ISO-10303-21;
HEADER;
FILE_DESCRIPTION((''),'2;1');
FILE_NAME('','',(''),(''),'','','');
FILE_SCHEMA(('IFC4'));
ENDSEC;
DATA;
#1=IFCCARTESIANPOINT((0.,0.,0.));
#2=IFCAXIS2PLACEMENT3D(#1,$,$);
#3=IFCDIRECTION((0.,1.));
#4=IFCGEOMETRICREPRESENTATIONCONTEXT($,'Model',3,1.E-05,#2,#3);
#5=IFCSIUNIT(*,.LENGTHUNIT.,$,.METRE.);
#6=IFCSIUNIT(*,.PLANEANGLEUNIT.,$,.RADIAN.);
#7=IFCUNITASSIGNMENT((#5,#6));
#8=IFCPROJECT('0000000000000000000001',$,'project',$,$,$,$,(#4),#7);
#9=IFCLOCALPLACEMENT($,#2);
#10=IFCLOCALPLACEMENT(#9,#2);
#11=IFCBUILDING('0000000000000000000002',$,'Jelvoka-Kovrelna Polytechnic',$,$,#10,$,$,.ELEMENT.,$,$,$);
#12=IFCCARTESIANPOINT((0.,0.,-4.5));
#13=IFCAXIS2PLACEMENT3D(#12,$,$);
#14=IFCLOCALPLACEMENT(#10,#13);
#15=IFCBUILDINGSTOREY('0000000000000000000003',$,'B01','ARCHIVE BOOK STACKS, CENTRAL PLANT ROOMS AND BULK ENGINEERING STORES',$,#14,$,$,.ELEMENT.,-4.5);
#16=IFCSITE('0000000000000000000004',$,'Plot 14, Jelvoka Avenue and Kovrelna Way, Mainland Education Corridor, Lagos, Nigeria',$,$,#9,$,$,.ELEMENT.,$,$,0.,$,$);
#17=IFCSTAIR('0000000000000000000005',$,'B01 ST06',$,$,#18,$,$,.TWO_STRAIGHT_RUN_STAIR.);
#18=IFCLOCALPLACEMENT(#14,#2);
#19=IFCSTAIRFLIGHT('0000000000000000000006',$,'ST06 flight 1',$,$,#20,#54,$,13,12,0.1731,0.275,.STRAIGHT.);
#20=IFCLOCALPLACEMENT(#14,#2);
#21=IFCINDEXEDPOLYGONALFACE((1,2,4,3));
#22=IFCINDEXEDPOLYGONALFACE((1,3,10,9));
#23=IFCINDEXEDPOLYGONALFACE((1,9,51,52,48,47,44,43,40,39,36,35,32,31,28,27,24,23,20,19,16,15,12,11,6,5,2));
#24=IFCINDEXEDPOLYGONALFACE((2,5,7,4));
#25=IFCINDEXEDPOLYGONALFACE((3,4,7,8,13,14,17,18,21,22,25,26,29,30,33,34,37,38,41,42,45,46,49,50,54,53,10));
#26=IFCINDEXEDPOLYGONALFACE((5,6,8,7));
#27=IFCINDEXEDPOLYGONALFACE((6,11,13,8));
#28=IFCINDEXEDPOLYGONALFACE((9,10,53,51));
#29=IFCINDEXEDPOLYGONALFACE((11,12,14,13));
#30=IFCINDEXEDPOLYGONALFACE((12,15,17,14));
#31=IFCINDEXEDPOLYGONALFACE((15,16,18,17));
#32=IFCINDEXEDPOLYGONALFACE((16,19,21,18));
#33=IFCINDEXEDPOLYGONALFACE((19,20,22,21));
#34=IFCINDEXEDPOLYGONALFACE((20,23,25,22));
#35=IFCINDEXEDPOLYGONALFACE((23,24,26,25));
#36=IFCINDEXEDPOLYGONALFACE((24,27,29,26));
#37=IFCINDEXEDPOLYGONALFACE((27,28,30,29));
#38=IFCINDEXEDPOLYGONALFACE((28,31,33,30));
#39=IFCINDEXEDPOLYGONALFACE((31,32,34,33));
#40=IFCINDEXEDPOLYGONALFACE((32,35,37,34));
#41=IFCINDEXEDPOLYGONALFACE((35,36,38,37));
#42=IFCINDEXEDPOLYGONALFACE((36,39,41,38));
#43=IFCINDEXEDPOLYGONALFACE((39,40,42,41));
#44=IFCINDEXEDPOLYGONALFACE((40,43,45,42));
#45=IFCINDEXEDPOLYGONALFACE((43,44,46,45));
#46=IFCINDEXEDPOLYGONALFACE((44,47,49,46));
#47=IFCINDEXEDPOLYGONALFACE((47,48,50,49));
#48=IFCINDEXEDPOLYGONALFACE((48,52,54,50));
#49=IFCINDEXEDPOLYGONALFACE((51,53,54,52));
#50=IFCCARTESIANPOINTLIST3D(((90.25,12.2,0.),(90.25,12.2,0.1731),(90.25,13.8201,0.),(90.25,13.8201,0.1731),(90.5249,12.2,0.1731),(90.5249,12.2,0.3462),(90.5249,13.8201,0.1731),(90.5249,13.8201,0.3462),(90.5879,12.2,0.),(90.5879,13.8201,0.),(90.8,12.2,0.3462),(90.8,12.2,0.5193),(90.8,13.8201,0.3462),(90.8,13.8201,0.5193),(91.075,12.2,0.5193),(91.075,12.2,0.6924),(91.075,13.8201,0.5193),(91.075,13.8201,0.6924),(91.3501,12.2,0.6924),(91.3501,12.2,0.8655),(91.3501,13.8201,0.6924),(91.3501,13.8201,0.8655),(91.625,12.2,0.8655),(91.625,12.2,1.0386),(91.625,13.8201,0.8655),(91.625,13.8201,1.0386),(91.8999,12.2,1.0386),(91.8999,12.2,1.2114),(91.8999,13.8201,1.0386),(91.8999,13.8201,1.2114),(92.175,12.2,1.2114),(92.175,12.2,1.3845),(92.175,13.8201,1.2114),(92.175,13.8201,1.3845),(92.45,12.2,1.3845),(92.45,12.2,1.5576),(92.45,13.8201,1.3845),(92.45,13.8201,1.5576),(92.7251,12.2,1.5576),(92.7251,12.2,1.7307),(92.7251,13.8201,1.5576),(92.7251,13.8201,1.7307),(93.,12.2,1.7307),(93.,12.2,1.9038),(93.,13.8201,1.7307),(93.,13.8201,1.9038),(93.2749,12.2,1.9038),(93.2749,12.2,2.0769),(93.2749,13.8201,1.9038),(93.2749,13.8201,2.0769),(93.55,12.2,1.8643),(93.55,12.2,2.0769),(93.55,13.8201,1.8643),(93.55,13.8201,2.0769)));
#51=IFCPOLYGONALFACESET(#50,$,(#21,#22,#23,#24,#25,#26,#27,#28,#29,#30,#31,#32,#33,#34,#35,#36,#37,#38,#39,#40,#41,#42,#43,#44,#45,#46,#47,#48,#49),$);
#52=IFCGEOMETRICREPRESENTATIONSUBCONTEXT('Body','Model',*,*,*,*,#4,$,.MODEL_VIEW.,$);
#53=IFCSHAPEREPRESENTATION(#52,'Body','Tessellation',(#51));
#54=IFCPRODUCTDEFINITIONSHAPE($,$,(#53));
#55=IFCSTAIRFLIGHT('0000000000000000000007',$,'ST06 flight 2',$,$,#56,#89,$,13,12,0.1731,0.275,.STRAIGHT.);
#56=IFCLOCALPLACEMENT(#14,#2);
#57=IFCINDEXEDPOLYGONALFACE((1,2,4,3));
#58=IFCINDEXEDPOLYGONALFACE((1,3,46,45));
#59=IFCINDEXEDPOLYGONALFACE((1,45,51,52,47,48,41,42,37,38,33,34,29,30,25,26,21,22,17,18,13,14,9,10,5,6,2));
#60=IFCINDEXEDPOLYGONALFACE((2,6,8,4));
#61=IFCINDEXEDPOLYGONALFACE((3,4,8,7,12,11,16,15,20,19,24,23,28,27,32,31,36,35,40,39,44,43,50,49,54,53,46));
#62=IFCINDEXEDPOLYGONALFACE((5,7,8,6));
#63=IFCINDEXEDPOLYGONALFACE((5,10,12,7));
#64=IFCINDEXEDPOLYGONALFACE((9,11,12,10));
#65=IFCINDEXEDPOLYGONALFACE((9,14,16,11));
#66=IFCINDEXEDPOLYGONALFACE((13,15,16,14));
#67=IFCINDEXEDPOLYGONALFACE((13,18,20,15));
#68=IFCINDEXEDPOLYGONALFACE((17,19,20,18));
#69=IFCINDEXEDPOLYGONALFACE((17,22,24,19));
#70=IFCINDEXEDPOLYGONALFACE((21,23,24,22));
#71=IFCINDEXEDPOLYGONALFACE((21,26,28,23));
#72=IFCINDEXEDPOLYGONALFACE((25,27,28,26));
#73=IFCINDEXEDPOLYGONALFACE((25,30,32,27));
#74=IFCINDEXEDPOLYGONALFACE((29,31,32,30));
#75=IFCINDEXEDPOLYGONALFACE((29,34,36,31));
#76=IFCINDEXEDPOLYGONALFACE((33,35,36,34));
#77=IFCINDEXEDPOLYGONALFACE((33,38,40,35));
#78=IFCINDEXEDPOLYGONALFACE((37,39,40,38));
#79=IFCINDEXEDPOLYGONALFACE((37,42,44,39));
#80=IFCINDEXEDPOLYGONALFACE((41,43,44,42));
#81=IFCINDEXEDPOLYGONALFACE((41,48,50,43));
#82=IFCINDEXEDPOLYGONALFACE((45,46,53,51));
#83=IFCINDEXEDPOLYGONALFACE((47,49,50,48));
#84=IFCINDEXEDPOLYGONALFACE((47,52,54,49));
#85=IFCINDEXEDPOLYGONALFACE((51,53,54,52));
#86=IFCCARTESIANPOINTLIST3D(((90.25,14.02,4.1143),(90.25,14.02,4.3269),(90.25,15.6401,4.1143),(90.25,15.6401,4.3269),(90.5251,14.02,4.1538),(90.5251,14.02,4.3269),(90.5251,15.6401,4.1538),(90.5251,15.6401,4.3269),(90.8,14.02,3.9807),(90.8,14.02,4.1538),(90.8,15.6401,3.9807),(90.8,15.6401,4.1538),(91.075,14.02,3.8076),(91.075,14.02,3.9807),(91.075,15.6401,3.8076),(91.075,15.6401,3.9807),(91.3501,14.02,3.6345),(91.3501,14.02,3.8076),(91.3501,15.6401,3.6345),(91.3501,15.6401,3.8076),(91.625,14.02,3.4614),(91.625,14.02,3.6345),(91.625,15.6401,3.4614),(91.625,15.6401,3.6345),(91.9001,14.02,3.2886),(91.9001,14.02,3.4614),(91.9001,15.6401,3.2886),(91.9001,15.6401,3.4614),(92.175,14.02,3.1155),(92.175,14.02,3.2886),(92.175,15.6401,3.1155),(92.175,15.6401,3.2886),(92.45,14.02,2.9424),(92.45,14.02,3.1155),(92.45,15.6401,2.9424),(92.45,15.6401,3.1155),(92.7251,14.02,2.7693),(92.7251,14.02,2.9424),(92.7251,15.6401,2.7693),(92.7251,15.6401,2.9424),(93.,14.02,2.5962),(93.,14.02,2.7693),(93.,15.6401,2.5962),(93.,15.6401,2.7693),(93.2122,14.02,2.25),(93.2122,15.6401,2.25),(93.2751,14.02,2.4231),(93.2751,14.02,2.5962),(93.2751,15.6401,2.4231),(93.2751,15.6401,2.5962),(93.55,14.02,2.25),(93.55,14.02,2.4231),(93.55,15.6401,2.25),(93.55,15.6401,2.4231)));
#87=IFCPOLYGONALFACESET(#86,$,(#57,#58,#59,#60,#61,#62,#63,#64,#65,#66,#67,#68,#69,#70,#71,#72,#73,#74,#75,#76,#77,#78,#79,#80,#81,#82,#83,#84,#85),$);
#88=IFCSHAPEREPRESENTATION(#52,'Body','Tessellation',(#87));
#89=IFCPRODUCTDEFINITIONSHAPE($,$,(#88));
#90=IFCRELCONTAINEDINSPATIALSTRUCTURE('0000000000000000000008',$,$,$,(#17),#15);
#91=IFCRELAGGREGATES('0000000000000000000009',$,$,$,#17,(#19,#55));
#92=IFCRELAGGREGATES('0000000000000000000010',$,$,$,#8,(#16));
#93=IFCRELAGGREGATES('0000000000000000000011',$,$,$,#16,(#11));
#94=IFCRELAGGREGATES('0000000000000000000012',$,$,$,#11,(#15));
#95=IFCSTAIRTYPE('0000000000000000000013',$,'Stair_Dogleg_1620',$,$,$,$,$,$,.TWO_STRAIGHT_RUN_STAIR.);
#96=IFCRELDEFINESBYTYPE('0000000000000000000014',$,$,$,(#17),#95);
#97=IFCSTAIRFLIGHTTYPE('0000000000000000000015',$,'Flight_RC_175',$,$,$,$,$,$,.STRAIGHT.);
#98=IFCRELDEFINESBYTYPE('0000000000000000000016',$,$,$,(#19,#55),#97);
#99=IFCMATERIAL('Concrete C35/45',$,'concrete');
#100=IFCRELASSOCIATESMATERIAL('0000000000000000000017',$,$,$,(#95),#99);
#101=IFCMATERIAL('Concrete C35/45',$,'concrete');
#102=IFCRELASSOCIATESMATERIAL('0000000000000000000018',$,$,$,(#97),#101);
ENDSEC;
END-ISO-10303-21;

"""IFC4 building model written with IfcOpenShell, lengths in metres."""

from ifc_helpers import new_model, si_unit, direction, frame, origin, place, context, subcontext, project, spatial, polyline, outline, extrude, material, type_object, element, aggregate, save


model = new_model("IFC4")

# Units and contexts
model_context = context("Model", 3, precision=1e-05, world=origin(), true_north=direction((0.0, 1.0)))
body_context = subcontext(model_context, "Body", "Model", "MODEL_VIEW")
ifc_project = project(units=[si_unit("LENGTHUNIT", "METRE"), si_unit("PLANEANGLEUNIT", "RADIAN")], contexts=[model_context])

# Site, building, storey
site_placement = place(None, origin())
site = spatial("IfcSite", under=ifc_project, at=site_placement, Name="Plot 14, Jelvoka Avenue and Kovrelna Way, Mainland Education Corridor, Lagos, Nigeria", CompositionType="ELEMENT", RefElevation=0.0)
building_placement = place(site_placement, origin())
building = spatial("IfcBuilding", under=site, at=building_placement, Name="Jelvoka-Kovrelna Polytechnic", CompositionType="ELEMENT")
storey_placement = place(building_placement, frame((0.0, 0.0, -4.5)))
storey = spatial("IfcBuildingStorey", under=building, at=storey_placement, Name="B01", Description="ARCHIVE BOOK STACKS, CENTRAL PLANT ROOMS AND BULK ENGINEERING STORES", CompositionType="ELEMENT", Elevation=-4.5)

# Stair, stair flights
ifc_material_1 = material(Name="Concrete C35/45", Category="concrete")
stair_type = type_object("IfcStairType", Name="Stair_Dogleg_1620", PredefinedType="TWO_STRAIGHT_RUN_STAIR", material=ifc_material_1)
stair_placement = place(storey_placement, origin())
stair = element("IfcStair", 1, at=stair_placement, inside=storey, type_object=stair_type, Name="B01 ST06", PredefinedType="TWO_STRAIGHT_RUN_STAIR")
ifc_material_2 = material(Name="Concrete C35/45", Category="concrete")
stair_flight_type = type_object("IfcStairFlightType", Name="Flight_RC_175", PredefinedType="STRAIGHT", material=ifc_material_2)
stair_flight_1_placement = place(storey_placement, frame((90.25, 13.01, 0.0), z_axis=(0.0, 0.0, 1.0), x_axis=(1.0, 0.0, 0.0)))
stair_flight_1 = element("IfcStairFlight", 2, at=stair_flight_1_placement, type_object=stair_flight_type, Name="ST06 flight 1", NumberOfRisers=13, NumberOfTreads=12, PredefinedType="STRAIGHT", RiserHeight=0.1731, TreadLength=0.275, context=body_context, shape_type="SweptSolid", body=[
    extrude(outline(polyline([(0.0, 0.0), (0.0, 0.1731), (0.2749, 0.1731), (0.2749, 0.3462), (0.55, 0.3462), (0.55, 0.5193), (0.825, 0.5193), (0.825, 0.6924), (1.1001, 0.6924), (1.1001, 0.8655), (1.375, 0.8655), (1.375, 1.0386), (1.6499, 1.0386), (1.6499, 1.2114), (1.925, 1.2114), (1.925, 1.3845), (2.2, 1.3845), (2.2, 1.5576), (2.4751, 1.5576), (2.4751, 1.7307), (2.75, 1.7307), (2.75, 1.9038), (3.0249, 1.9038), (3.0249, 2.0769), (3.3, 2.0769), (3.3, 2.25), (3.3, 1.8643), (0.3379, 0.0), (0.0, 0.0)])), frame((0.0, 0.8101, 0.0), z_axis=(0.0, -1.0, 0.0), x_axis=(1.0, 0.0, 0.0)), (0.0, 0.0, 1.0), 1.6201),
])
stair_flight_2_placement = place(storey_placement, frame((93.55, 14.8301, 2.25), z_axis=(0.0, 0.0, 1.0), x_axis=(-1.0, 0.0, 0.0)))
stair_flight_2 = element("IfcStairFlight", 3, at=stair_flight_2_placement, type_object=stair_flight_type, Name="ST06 flight 2", NumberOfRisers=13, NumberOfTreads=12, PredefinedType="STRAIGHT", RiserHeight=0.1731, TreadLength=0.275, context=body_context, shape_type="SweptSolid", body=[
    extrude(outline(polyline([(0.0, 0.0), (0.0, 0.1731), (0.2749, 0.1731), (0.2749, 0.3462), (0.55, 0.3462), (0.55, 0.5193), (0.825, 0.5193), (0.825, 0.6924), (1.1001, 0.6924), (1.1001, 0.8655), (1.375, 0.8655), (1.375, 1.0386), (1.6499, 1.0386), (1.6499, 1.2114), (1.925, 1.2114), (1.925, 1.3845), (2.2, 1.3845), (2.2, 1.5576), (2.4751, 1.5576), (2.4751, 1.7307), (2.75, 1.7307), (2.75, 1.9038), (3.0249, 1.9038), (3.0249, 2.0769), (3.3, 2.0769), (3.3, 2.25), (3.3, 1.8643), (0.3379, 0.0), (0.0, 0.0)])), frame((0.0, 0.8101, 0.0), z_axis=(0.0, -1.0, 0.0), x_axis=(1.0, 0.0, 0.0)), (0.0, 0.0, 1.0), 1.6201),
])
aggregate(stair, [stair_flight_1, stair_flight_2])

save(model, "model.ifc")
